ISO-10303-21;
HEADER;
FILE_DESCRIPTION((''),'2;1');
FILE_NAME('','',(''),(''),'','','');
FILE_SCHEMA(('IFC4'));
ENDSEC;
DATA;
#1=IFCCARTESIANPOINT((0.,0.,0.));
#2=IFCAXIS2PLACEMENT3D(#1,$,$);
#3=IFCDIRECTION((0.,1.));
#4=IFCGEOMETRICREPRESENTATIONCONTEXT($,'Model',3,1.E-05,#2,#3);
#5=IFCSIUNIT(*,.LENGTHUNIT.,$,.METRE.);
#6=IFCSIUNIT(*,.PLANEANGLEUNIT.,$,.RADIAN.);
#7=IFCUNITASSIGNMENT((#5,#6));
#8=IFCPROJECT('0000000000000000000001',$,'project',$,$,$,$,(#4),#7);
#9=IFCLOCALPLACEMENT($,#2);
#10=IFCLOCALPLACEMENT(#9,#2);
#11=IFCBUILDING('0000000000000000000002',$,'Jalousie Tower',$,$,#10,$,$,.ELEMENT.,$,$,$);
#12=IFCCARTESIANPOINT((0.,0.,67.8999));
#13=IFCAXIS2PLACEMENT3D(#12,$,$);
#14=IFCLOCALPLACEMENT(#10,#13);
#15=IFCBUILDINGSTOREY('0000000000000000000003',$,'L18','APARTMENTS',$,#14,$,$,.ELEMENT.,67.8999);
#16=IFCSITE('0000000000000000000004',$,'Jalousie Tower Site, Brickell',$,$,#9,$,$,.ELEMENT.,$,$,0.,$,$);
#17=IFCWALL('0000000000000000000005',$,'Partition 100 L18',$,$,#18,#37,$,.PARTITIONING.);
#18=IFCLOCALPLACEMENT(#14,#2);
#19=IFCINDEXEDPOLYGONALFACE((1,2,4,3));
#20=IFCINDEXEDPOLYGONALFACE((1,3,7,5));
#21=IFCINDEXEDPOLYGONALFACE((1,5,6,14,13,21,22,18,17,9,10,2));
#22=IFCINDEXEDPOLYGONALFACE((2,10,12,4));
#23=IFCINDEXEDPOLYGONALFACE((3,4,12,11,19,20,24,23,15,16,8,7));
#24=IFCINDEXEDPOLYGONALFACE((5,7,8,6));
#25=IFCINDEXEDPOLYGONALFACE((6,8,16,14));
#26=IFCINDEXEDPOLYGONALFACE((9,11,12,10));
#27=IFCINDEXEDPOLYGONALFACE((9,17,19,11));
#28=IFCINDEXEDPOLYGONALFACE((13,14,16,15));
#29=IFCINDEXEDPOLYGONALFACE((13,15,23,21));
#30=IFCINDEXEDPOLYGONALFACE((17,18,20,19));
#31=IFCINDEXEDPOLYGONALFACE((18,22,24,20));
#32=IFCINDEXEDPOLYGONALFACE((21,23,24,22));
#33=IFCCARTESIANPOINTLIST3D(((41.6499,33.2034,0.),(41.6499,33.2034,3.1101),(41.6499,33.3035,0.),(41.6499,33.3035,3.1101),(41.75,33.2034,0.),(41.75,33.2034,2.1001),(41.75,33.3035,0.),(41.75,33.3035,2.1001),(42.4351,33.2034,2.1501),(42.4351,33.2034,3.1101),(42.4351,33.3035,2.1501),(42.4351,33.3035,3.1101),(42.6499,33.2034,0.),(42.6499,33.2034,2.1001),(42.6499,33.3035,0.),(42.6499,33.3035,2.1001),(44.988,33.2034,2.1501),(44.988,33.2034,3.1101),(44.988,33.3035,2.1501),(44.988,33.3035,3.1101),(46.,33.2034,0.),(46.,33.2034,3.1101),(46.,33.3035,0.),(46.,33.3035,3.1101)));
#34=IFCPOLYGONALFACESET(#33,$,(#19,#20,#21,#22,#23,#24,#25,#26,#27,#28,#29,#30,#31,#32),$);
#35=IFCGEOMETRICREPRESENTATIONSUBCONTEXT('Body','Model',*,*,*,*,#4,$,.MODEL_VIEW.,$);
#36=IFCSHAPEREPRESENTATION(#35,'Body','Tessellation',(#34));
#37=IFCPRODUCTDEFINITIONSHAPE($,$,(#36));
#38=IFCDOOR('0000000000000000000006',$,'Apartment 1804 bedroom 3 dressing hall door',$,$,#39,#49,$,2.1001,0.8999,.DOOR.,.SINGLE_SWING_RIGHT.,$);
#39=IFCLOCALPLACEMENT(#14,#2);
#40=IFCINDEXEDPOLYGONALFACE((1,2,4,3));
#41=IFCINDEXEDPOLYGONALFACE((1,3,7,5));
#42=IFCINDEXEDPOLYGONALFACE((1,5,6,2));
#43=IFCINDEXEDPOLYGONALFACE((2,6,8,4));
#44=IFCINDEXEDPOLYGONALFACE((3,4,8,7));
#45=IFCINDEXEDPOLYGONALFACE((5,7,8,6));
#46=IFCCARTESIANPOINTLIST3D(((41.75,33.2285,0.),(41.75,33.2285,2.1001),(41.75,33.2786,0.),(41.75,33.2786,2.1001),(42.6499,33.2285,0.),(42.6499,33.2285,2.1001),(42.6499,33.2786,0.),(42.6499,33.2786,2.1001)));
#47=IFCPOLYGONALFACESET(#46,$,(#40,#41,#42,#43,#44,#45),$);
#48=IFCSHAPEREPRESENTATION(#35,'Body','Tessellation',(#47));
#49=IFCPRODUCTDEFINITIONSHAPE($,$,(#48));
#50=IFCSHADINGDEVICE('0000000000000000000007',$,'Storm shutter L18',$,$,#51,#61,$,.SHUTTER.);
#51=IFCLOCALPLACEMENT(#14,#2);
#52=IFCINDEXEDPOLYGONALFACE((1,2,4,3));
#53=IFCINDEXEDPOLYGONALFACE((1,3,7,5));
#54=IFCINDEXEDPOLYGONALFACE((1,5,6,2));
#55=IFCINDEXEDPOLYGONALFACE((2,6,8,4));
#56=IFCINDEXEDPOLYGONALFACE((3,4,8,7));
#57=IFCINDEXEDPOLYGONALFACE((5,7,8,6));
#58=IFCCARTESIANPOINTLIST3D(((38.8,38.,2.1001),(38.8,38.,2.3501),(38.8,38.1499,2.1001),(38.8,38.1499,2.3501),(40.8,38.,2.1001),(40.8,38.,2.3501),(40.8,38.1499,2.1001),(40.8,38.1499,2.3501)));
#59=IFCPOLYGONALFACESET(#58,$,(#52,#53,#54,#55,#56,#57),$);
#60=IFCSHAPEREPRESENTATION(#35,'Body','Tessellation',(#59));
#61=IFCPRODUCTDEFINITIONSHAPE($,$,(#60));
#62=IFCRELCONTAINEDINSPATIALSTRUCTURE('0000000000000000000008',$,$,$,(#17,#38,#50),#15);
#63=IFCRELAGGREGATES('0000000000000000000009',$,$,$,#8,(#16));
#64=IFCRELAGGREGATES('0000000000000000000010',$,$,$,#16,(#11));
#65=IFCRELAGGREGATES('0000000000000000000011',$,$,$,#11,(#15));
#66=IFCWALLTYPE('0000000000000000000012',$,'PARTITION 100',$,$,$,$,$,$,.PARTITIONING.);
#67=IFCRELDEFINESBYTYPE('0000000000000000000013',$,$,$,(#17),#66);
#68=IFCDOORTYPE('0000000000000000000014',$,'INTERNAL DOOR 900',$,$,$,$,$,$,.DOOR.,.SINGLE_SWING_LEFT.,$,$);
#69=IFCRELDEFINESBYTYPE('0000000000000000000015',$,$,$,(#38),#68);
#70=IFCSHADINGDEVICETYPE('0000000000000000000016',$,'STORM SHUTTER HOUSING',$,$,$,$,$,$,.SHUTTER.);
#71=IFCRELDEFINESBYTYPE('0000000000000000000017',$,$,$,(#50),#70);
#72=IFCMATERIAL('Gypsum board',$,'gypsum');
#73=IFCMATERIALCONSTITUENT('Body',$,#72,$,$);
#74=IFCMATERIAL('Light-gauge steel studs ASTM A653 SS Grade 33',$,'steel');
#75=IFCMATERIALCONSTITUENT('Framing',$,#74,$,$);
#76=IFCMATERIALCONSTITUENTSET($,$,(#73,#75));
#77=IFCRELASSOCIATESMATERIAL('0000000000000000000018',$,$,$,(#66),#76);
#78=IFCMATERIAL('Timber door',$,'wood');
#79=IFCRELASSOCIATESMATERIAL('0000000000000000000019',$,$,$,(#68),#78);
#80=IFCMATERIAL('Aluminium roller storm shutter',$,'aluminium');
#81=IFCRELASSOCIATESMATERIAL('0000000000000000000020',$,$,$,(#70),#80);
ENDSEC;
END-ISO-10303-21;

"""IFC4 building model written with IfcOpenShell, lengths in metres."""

from ifc_helpers import new_model, si_unit, direction, frame, frame_2d, origin, origin_2d, place, context, subcontext, project, spatial, polyline, rectangle, outline, extrude, material, constituent, constituent_set, type_object, element, fill, save


model = new_model("IFC4")

# Units and contexts
model_context = context("Model", 3, precision=1e-05, world=origin(), true_north=direction((0.0, 1.0)))
body_context = subcontext(model_context, "Body", "Model", "MODEL_VIEW")
ifc_project = project(units=[si_unit("LENGTHUNIT", "METRE"), si_unit("PLANEANGLEUNIT", "RADIAN")], contexts=[model_context])

# Site, building, storey
site_placement = place(None, origin())
site = spatial("IfcSite", under=ifc_project, at=site_placement, Name="Jalousie Tower Site, Brickell", CompositionType="ELEMENT", RefElevation=0.0)
building_placement = place(site_placement, origin())
building = spatial("IfcBuilding", under=site, at=building_placement, Name="Jalousie Tower", CompositionType="ELEMENT")
storey_placement = place(building_placement, frame((0.0, 0.0, 67.8999)))
storey = spatial("IfcBuildingStorey", under=building, at=storey_placement, Name="L18", Description="APARTMENTS", CompositionType="ELEMENT", Elevation=67.8999)

# Shared definitions
ifc_material_1 = material(Name="Gypsum board", Category="gypsum")
ifc_constituent_1 = constituent(ifc_material_1, Name="Body")
ifc_material_2 = material(Name="Light-gauge steel studs ASTM A653 SS Grade 33", Category="steel")
ifc_constituent_2 = constituent(ifc_material_2, Name="Framing")
ifc_constituent_set_1 = constituent_set(constituents=[ifc_constituent_1, ifc_constituent_2])
wall_type_1 = type_object("IfcWallType", Name="PARTITION 100", PredefinedType="PARTITIONING", material=ifc_constituent_set_1)
ifc_material_3 = material(Name="Timber door", Category="wood")
door_type_1 = type_object("IfcDoorType", Name="INTERNAL DOOR 900", OperationType="SINGLE_SWING_LEFT", PredefinedType="DOOR", material=ifc_material_3)

# Wall, opening, door
wall_1_placement = place(storey_placement, frame((41.6499, 33.2534, 0.0), z_axis=(0.0, 0.0, 1.0), x_axis=(1.0, 0.0, 0.0)))
wall_1 = element("IfcWall", 1, at=wall_1_placement, inside=storey, type_object=wall_type_1, Name="Partition 100 L18", PredefinedType="PARTITIONING", context=body_context, shape_type="SweptSolid", body=[
    extrude(outline(polyline([(0.0, 0.0), (4.3501, 0.0), (4.3501, 3.1101), (3.3381, 3.1101), (3.3381, 2.1501), (0.7852, 2.1501), (0.7852, 3.1101), (0.0, 3.1101), (0.0, 0.0)])), frame((0.0, 0.05, 0.0), z_axis=(0.0, -1.0, 0.0), x_axis=(1.0, 0.0, 0.0)), (0.0, 0.0, 1.0), 0.1001),
])
opening_1_placement = place(wall_1_placement, frame((0.1001, 0.0, 0.0)))
opening_1 = element("IfcOpeningElement", 2, at=opening_1_placement, cuts=wall_1, PredefinedType="OPENING", context=body_context, shape_type="SweptSolid", body=[
    extrude(rectangle(XDim=0.8999, YDim=2.1001, at=frame_2d((0.45, 1.05))), frame((0.0, 0.0601, 0.0), z_axis=(0.0, -1.0, 0.0), x_axis=(1.0, 0.0, 0.0)), (0.0, 0.0, 1.0), 0.1201),
])
door_1_placement = place(opening_1_placement, frame((0.8999, 0.0, 0.0), z_axis=(0.0, 0.0, 1.0), x_axis=(-1.0, 0.0, 0.0)))
door_1 = element("IfcDoor", 3, at=door_1_placement, inside=storey, type_object=door_type_1, Name="Apartment 1804 bedroom 3 dressing hall door", OperationType="SINGLE_SWING_RIGHT", OverallHeight=2.1001, OverallWidth=0.8999, PredefinedType="DOOR", context=body_context, shape_type="SweptSolid", body=[
    extrude(rectangle(XDim=0.8999, YDim=2.1001, at=frame_2d((0.45, 1.05))), frame((0.0, 0.0249, 0.0), z_axis=(0.0, -1.0, 0.0), x_axis=(1.0, 0.0, 0.0)), (0.0, 0.0, 1.0), 0.05),
])
fill(opening_1, door_1)

# Shading device
ifc_material_4 = material(Name="Aluminium roller storm shutter", Category="aluminium")
shading_device_type = type_object("IfcShadingDeviceType", Name="STORM SHUTTER HOUSING", PredefinedType="SHUTTER", material=ifc_material_4)
shading_device_placement = place(storey_placement, frame((39.8, 38.075, 2.1001), z_axis=(0.0, 0.0, 1.0), x_axis=(-1.0, 0.0, 0.0)))
element("IfcShadingDevice", 4, at=shading_device_placement, inside=storey, type_object=shading_device_type, Name="Storm shutter L18", PredefinedType="SHUTTER", context=body_context, shape_type="SweptSolid", body=[
    extrude(rectangle(XDim=2.0, YDim=0.1499, at=origin_2d()), origin(), (0.0, 0.0, 1.0), 0.25),
])

save(model, "model.ifc")
